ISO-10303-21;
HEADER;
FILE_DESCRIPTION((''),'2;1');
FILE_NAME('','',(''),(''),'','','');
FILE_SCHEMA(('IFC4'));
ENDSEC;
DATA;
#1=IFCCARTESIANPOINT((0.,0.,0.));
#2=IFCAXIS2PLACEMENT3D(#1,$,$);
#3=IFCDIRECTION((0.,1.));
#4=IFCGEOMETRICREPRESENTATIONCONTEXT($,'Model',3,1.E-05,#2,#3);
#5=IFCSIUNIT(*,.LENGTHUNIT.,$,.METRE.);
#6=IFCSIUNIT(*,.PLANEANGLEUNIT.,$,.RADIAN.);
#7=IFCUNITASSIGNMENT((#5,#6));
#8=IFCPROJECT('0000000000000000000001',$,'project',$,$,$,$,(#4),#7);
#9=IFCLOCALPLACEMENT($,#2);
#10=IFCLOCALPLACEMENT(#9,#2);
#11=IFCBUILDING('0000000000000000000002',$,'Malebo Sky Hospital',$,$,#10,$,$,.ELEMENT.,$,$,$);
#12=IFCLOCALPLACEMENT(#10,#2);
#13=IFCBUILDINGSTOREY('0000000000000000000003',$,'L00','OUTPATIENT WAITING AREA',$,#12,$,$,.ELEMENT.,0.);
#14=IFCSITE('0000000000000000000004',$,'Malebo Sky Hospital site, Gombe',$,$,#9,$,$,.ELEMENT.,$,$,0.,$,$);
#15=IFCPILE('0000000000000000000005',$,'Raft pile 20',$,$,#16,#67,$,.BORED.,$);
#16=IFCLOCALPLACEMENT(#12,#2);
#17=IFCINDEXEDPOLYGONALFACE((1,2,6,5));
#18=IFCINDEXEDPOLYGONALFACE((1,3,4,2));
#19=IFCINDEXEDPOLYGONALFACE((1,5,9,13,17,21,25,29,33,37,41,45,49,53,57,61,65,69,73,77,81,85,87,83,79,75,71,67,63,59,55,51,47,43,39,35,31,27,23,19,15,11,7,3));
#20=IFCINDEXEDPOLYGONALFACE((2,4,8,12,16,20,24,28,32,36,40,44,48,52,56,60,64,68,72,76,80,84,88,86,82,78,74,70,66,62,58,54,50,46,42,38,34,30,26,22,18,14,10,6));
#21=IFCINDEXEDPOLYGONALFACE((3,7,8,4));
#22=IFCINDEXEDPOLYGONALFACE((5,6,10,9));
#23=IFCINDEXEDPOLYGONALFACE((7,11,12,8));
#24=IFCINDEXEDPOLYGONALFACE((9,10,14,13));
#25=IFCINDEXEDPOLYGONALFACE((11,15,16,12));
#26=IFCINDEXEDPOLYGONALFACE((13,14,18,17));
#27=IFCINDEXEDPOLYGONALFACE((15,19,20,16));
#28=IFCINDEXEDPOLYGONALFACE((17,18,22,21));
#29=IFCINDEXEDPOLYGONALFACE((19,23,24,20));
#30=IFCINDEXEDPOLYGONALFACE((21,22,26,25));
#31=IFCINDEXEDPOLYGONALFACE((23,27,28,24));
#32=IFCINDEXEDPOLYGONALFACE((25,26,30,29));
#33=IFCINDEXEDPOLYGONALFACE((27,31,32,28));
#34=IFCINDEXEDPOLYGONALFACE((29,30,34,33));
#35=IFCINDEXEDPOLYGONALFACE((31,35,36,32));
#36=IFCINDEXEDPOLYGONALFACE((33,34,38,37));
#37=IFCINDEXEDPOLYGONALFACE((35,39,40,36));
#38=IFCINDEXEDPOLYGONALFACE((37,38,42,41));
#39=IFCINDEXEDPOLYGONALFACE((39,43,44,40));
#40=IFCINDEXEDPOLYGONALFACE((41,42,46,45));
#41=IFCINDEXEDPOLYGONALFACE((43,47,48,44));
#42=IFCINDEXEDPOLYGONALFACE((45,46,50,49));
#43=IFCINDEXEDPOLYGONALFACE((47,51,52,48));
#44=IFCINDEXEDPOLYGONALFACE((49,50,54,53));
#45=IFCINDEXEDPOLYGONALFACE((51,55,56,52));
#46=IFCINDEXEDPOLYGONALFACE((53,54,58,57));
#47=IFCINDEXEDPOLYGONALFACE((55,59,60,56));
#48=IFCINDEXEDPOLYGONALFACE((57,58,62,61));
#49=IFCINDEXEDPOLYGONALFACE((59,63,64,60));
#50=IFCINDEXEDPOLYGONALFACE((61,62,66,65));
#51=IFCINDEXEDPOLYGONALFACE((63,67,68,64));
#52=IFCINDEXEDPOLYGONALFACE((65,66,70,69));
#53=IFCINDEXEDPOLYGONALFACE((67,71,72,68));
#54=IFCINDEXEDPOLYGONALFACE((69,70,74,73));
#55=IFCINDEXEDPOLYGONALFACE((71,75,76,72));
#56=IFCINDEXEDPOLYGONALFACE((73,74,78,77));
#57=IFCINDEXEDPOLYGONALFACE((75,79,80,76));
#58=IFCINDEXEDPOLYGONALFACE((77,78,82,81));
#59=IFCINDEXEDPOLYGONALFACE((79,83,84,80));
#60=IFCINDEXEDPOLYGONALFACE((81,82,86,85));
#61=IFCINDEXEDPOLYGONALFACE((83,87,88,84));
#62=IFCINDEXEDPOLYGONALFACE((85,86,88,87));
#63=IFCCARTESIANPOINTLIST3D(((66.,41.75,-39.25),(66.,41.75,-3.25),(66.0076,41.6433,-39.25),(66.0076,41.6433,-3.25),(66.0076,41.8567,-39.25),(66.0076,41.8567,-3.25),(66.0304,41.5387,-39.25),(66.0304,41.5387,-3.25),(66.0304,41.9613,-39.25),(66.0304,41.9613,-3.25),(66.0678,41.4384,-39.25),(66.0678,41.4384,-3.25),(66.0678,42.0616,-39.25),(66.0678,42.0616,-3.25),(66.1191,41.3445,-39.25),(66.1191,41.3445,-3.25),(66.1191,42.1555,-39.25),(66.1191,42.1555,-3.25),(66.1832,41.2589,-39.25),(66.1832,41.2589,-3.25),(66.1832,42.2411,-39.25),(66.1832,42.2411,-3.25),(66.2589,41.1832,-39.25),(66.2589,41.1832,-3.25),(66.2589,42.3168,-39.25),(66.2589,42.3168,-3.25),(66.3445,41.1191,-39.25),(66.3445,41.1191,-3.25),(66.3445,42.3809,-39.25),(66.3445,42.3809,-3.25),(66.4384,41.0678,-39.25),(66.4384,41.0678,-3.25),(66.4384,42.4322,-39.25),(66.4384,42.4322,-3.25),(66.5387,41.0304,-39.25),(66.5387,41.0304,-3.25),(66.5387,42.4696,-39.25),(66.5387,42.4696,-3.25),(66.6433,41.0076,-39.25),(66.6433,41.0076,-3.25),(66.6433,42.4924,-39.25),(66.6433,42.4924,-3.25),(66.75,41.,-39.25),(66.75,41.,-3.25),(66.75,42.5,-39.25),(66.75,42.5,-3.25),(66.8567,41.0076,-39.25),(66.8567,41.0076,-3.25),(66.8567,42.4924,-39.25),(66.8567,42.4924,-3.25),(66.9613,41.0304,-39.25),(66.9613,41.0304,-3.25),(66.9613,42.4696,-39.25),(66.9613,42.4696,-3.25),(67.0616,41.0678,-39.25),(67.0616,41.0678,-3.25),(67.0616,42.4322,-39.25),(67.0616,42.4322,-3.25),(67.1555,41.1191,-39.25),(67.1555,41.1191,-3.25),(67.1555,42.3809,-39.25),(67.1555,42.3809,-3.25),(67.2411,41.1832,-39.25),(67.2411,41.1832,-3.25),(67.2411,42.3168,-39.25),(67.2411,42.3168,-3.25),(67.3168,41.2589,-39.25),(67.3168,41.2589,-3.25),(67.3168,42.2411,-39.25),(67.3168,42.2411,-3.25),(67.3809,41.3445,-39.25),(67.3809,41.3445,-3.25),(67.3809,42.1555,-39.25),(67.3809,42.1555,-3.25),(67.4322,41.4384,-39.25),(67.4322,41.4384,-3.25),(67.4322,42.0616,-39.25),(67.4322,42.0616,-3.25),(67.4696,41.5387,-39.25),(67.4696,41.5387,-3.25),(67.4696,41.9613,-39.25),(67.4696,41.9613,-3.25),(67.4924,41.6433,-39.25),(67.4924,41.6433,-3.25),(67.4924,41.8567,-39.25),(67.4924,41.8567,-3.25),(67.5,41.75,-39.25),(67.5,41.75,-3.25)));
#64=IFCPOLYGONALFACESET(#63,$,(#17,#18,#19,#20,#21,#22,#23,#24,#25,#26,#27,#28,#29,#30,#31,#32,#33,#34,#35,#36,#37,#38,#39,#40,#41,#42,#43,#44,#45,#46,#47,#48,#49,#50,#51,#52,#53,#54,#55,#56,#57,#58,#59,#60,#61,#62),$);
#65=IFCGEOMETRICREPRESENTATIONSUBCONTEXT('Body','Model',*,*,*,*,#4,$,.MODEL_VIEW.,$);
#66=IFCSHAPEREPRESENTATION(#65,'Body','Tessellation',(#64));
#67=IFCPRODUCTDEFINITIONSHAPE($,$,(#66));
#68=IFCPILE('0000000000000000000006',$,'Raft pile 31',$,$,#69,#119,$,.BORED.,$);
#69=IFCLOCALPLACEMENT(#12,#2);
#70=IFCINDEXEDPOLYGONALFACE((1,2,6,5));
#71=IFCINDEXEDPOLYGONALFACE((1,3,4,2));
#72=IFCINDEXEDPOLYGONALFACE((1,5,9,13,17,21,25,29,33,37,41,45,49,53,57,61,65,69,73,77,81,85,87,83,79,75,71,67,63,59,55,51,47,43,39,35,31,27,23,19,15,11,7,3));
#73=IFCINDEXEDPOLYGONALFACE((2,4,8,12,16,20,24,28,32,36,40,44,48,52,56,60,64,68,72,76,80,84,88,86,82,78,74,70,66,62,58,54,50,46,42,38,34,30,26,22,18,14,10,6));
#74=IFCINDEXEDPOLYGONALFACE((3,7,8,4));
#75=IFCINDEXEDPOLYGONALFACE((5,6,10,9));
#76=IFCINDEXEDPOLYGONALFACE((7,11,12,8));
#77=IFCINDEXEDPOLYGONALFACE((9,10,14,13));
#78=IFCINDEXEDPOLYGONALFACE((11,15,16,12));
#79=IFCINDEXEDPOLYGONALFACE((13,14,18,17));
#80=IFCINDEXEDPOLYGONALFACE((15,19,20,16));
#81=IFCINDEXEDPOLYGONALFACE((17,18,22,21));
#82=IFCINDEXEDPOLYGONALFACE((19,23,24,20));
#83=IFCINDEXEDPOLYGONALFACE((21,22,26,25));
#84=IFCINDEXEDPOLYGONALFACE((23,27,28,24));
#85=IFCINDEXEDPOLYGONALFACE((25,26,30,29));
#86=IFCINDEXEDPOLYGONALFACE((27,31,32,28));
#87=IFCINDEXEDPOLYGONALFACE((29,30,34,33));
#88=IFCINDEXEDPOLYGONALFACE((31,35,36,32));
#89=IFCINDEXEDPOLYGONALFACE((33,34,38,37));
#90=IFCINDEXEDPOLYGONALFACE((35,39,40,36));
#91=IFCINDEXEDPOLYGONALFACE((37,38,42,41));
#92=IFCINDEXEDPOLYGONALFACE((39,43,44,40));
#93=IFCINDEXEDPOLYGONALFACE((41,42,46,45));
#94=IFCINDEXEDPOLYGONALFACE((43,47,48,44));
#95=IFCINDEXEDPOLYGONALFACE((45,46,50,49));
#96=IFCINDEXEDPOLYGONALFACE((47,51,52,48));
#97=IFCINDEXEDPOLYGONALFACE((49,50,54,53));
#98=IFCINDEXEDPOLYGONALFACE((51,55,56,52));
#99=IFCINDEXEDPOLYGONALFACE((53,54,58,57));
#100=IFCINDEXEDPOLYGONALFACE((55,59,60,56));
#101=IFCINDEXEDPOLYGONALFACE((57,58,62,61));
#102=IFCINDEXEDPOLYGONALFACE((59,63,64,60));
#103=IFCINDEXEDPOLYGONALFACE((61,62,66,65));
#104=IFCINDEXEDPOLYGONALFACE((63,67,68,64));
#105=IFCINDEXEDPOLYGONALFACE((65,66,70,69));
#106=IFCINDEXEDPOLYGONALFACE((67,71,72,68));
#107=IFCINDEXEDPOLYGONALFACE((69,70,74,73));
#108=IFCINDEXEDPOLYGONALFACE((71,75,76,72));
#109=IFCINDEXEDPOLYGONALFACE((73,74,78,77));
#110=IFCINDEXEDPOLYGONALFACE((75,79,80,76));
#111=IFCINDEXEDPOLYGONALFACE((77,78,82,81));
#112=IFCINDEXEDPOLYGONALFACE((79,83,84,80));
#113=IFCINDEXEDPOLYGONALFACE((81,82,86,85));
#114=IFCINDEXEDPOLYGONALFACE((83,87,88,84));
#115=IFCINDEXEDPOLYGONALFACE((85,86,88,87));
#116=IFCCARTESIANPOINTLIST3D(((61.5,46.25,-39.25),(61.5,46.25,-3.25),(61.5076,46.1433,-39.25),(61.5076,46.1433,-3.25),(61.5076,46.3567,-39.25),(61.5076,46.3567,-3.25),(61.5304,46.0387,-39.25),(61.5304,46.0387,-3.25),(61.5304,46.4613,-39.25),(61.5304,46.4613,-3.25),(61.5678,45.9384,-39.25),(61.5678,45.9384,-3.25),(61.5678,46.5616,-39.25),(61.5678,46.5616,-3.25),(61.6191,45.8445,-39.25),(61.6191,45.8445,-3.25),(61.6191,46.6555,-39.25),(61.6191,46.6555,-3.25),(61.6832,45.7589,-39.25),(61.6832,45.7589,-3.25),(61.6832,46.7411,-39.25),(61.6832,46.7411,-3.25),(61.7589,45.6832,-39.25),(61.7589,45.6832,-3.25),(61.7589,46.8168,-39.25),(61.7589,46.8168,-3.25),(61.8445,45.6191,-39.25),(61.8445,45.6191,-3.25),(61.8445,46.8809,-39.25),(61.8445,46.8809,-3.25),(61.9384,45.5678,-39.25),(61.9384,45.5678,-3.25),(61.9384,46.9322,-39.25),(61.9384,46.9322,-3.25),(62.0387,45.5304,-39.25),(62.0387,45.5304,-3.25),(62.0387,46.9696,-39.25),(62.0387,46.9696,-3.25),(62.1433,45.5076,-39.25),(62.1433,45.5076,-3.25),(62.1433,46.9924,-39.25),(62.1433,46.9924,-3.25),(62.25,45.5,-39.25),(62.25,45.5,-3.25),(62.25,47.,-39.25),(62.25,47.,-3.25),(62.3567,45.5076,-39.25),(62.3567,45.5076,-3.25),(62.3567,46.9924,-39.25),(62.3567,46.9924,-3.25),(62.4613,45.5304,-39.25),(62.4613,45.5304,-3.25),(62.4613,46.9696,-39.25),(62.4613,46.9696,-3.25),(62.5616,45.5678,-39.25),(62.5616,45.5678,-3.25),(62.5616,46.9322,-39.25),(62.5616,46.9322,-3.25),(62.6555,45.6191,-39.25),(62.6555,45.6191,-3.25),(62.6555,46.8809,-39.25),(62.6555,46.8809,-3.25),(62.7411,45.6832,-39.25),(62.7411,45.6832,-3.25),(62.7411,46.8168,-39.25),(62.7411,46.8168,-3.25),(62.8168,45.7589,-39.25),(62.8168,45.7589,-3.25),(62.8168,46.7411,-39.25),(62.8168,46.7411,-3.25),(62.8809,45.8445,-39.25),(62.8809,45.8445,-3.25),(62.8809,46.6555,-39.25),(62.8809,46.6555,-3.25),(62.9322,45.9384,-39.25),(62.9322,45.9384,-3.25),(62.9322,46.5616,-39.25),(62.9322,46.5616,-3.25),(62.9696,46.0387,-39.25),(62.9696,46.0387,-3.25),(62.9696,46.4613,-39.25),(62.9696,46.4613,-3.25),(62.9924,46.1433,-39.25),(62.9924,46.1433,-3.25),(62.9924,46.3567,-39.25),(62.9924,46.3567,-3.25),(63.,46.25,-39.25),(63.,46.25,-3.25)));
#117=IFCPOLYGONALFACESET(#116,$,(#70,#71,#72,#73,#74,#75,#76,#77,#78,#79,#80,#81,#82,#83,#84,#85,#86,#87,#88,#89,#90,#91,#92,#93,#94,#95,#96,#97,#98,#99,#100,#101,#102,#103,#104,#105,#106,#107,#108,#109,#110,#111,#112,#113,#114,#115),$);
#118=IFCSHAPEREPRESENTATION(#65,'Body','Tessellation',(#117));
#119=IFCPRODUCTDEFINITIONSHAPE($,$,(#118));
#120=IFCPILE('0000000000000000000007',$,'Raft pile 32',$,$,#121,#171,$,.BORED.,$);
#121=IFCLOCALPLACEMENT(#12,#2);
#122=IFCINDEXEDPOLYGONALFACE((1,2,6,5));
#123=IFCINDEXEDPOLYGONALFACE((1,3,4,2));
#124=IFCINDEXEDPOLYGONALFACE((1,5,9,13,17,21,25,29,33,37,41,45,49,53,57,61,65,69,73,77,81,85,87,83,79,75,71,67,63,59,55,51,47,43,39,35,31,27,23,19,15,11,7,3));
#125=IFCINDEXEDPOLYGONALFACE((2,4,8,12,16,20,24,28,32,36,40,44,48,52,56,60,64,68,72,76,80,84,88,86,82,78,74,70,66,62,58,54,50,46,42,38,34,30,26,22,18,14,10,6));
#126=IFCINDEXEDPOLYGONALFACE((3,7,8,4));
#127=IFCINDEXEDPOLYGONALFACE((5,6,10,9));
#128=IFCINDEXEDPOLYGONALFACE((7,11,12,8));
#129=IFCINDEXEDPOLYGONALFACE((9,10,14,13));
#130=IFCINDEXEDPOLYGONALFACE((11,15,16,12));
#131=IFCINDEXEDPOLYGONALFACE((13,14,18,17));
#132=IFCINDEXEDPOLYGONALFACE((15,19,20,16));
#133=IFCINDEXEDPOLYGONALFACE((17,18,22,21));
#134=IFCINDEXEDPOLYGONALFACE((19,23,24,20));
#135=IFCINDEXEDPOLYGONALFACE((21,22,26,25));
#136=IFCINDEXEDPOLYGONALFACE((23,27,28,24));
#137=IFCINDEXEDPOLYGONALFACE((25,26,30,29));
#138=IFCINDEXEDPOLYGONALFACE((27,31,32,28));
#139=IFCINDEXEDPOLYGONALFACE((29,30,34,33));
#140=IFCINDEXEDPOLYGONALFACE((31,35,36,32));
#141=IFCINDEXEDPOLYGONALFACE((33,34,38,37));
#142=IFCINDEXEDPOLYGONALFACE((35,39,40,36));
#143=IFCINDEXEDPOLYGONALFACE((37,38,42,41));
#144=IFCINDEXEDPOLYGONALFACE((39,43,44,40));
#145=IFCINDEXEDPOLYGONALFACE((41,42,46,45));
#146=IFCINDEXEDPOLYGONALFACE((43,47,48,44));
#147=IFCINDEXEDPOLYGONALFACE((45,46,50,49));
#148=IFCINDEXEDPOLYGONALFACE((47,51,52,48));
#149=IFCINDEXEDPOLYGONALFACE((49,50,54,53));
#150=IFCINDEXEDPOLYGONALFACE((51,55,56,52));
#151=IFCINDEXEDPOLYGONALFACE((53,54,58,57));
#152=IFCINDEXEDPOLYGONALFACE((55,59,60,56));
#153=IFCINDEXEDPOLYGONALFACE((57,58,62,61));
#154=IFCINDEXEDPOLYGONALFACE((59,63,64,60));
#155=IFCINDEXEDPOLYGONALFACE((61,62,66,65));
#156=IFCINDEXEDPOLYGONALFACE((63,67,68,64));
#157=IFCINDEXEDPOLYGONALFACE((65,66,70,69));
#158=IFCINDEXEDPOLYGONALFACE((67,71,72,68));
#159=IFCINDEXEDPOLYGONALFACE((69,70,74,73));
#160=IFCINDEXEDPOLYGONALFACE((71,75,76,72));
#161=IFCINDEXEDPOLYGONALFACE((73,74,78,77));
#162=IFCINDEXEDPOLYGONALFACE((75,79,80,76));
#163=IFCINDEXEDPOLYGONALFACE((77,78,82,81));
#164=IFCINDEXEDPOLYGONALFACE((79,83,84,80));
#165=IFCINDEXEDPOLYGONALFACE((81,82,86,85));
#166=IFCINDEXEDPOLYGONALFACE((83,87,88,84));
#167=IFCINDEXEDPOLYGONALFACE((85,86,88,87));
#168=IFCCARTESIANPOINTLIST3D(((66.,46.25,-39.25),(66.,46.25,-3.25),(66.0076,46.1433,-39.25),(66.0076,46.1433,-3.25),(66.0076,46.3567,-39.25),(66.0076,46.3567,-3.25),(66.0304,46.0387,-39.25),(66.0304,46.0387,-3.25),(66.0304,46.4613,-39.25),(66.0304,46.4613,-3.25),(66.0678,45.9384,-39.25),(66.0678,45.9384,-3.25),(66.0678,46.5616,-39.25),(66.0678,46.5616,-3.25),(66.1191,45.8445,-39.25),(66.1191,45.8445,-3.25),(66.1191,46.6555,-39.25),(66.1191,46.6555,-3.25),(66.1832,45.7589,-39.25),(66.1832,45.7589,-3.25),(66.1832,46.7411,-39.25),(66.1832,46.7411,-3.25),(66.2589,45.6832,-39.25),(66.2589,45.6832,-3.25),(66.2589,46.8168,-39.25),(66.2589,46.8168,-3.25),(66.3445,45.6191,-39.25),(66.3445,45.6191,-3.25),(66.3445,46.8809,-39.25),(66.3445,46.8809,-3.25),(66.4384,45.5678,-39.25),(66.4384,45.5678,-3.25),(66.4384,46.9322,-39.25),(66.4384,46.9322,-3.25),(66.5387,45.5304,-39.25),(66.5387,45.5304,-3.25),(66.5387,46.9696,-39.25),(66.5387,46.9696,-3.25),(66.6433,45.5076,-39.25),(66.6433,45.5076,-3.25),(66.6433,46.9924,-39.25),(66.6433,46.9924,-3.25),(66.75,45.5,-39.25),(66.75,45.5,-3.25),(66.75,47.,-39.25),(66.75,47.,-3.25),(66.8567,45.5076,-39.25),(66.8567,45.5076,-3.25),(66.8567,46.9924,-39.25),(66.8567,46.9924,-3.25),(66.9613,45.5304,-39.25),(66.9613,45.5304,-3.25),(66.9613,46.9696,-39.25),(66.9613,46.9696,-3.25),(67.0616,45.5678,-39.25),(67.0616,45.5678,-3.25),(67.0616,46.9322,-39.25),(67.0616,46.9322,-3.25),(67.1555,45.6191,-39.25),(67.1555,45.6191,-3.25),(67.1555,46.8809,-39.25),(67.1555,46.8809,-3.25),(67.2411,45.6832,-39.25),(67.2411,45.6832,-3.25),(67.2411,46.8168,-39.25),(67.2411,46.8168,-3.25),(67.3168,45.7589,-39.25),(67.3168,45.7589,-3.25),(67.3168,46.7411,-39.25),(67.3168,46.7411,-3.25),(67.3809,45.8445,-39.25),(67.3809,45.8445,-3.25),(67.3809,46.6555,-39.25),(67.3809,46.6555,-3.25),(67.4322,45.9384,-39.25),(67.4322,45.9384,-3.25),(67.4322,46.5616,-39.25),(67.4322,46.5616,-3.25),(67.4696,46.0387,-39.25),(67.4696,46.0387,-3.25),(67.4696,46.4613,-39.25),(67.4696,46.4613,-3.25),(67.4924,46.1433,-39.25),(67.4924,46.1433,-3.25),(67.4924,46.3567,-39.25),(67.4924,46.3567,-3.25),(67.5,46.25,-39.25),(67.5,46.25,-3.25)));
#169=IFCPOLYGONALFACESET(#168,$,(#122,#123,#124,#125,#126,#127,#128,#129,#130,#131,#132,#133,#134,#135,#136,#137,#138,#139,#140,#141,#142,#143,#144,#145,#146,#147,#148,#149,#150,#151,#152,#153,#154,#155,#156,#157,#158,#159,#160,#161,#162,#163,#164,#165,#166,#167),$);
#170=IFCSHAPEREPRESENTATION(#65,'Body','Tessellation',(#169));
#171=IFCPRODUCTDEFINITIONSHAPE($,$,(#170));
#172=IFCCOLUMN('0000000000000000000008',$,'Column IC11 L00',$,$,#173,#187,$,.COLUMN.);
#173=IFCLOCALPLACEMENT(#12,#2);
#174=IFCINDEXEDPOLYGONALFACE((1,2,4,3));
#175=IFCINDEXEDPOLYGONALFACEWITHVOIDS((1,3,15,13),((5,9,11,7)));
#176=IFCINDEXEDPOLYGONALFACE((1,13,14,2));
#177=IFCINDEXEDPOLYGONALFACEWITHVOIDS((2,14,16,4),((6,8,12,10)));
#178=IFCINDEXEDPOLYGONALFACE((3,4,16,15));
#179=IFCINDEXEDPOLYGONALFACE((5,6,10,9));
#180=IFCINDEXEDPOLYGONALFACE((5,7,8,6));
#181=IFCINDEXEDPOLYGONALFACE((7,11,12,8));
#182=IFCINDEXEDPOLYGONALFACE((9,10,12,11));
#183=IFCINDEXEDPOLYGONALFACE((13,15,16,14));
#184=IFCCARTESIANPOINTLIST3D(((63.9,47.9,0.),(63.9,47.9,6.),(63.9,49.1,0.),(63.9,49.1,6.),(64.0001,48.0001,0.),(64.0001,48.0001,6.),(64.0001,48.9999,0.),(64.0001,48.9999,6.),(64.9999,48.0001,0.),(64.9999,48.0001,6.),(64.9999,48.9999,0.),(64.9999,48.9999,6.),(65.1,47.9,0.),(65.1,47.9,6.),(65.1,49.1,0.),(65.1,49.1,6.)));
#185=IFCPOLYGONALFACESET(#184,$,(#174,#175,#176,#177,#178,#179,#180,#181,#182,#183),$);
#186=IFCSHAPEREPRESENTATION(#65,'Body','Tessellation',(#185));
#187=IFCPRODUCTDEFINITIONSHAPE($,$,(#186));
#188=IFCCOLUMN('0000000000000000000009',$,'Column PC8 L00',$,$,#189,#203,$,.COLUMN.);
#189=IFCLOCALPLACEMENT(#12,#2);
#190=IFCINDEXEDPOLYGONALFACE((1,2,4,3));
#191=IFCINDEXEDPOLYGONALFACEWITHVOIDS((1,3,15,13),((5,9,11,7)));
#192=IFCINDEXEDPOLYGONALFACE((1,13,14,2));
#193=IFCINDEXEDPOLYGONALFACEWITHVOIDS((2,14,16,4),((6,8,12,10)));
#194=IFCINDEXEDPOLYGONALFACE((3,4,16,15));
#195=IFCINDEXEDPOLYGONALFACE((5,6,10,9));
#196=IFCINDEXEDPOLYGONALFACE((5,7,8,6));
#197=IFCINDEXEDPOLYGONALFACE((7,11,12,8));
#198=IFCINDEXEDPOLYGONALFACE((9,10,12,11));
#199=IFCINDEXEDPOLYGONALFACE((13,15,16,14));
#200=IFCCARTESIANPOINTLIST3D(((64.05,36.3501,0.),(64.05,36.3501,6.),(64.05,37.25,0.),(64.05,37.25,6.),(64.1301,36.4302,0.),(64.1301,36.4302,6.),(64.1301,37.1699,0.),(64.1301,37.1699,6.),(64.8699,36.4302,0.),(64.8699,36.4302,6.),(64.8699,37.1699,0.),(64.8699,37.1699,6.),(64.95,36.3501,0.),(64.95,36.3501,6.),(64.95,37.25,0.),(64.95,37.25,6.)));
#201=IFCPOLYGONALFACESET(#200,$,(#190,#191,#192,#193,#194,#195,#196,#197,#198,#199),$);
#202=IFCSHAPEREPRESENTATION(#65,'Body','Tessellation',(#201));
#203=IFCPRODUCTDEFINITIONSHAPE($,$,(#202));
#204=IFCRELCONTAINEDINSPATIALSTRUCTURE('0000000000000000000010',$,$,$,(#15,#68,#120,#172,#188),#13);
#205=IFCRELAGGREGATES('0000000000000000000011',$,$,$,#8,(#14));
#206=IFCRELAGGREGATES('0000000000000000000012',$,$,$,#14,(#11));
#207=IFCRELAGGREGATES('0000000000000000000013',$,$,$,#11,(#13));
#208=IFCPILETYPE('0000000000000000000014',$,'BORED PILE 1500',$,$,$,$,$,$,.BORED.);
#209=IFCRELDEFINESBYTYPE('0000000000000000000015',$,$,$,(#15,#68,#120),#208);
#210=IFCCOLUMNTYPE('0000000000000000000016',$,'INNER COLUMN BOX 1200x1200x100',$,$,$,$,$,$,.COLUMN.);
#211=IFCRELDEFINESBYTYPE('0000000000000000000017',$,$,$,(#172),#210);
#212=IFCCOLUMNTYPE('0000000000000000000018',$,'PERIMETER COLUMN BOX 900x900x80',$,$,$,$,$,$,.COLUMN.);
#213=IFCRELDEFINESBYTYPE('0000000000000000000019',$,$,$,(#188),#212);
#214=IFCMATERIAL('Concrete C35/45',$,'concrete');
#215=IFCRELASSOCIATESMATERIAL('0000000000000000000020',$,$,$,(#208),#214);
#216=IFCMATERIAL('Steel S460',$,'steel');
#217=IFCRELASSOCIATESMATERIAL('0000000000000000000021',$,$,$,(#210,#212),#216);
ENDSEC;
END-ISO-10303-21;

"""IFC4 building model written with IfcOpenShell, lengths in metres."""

from ifc_helpers import new_model, si_unit, direction, frame, origin, origin_2d, place, context, subcontext, project, spatial, hollow_rectangle, circle, extrude, material, material_profile, profile_set, type_object, element, save


model = new_model("IFC4")

# Units and contexts
model_context = context("Model", 3, precision=1e-05, world=origin(), true_north=direction((0.0, 1.0)))
body_context = subcontext(model_context, "Body", "Model", "MODEL_VIEW")
ifc_project = project(units=[si_unit("LENGTHUNIT", "METRE"), si_unit("PLANEANGLEUNIT", "RADIAN")], contexts=[model_context])

# Site, building, storey
site_placement = place(None, origin())
site = spatial("IfcSite", under=ifc_project, at=site_placement, Name="Malebo Sky Hospital site, Gombe", CompositionType="ELEMENT", RefElevation=0.0)
building_placement = place(site_placement, origin())
building = spatial("IfcBuilding", under=site, at=building_placement, Name="Malebo Sky Hospital", CompositionType="ELEMENT")
storey_placement = place(building_placement, origin())
storey = spatial("IfcBuildingStorey", under=building, at=storey_placement, Name="L00", Description="OUTPATIENT WAITING AREA", CompositionType="ELEMENT", Elevation=0.0)

# Piles
ifc_material_1 = material(Name="Concrete C35/45", Category="concrete")
ifc_material_profile_1 = material_profile(ifc_material_1, circle(Radius=0.75, at=origin_2d()), Name="BP 1500")
ifc_profile_set_1 = profile_set([ifc_material_profile_1], Name="Concrete C35/45")
pile_type = type_object("IfcPileType", Name="BORED PILE 1500", PredefinedType="BORED", material=ifc_profile_set_1)
for number, where, z_axis, x_axis, name in (
    (1, (66.75, 41.75, -3.25), (0.0, 0.0, -1.0), (1.0, 0.0, 0.0), "Raft pile 20"),
    (2, (62.25, 46.25, -3.25), (0.0, 0.0, -1.0), (1.0, 0.0, 0.0), "Raft pile 31"),
    (3, (66.75, 46.25, -3.25), (0.0, 0.0, -1.0), (1.0, 0.0, 0.0), "Raft pile 32"),
):
    element("IfcPile", number, at=place(storey_placement, frame(where, z_axis=z_axis, x_axis=x_axis)), inside=storey, type_object=pile_type, Name=name, PredefinedType="BORED", context=body_context, shape_type="SweptSolid", body=[
        extrude(circle(Radius=0.75, at=origin_2d()), origin(), (0.0, 0.0, 1.0), 36.0),
    ])

# Columns
ifc_material_2 = material(Name="Steel S460", Category="steel")
ifc_material_profile_2 = material_profile(ifc_material_2, hollow_rectangle(XDim=1.2, YDim=1.2, WallThickness=0.1001, at=origin_2d()), Name="BOX 1200x1200x100")
ifc_profile_set_2 = profile_set([ifc_material_profile_2], Name="Steel S460")
column_type_1 = type_object("IfcColumnType", Name="INNER COLUMN BOX 1200x1200x100", PredefinedType="COLUMN", material=ifc_profile_set_2)
column_1_placement = place(storey_placement, frame((64.5, 48.5, 0.0), z_axis=(0.0, 0.0, 1.0), x_axis=(1.0, 0.0, 0.0)))
element("IfcColumn", 4, at=column_1_placement, inside=storey, type_object=column_type_1, Name="Column IC11 L00", PredefinedType="COLUMN", context=body_context, shape_type="SweptSolid", body=[
    extrude(hollow_rectangle(XDim=1.2, YDim=1.2, WallThickness=0.1001, at=origin_2d()), origin(), (0.0, 0.0, 1.0), 6.0),
])
ifc_material_profile_3 = material_profile(ifc_material_2, hollow_rectangle(XDim=0.8999, YDim=0.8999, WallThickness=0.0801, at=origin_2d()), Name="BOX 900x900x80")
ifc_profile_set_3 = profile_set([ifc_material_profile_3], Name="Steel S460")
column_type_2 = type_object("IfcColumnType", Name="PERIMETER COLUMN BOX 900x900x80", PredefinedType="COLUMN", material=ifc_profile_set_3)
column_2_placement = place(storey_placement, frame((64.5, 36.8, 0.0), z_axis=(0.0, 0.0, 1.0), x_axis=(1.0, 0.0, 0.0)))
element("IfcColumn", 5, at=column_2_placement, inside=storey, type_object=column_type_2, Name="Column PC8 L00", PredefinedType="COLUMN", context=body_context, shape_type="SweptSolid", body=[
    extrude(hollow_rectangle(XDim=0.8999, YDim=0.8999, WallThickness=0.0801, at=origin_2d()), origin(), (0.0, 0.0, 1.0), 6.0),
])

save(model, "model.ifc")
